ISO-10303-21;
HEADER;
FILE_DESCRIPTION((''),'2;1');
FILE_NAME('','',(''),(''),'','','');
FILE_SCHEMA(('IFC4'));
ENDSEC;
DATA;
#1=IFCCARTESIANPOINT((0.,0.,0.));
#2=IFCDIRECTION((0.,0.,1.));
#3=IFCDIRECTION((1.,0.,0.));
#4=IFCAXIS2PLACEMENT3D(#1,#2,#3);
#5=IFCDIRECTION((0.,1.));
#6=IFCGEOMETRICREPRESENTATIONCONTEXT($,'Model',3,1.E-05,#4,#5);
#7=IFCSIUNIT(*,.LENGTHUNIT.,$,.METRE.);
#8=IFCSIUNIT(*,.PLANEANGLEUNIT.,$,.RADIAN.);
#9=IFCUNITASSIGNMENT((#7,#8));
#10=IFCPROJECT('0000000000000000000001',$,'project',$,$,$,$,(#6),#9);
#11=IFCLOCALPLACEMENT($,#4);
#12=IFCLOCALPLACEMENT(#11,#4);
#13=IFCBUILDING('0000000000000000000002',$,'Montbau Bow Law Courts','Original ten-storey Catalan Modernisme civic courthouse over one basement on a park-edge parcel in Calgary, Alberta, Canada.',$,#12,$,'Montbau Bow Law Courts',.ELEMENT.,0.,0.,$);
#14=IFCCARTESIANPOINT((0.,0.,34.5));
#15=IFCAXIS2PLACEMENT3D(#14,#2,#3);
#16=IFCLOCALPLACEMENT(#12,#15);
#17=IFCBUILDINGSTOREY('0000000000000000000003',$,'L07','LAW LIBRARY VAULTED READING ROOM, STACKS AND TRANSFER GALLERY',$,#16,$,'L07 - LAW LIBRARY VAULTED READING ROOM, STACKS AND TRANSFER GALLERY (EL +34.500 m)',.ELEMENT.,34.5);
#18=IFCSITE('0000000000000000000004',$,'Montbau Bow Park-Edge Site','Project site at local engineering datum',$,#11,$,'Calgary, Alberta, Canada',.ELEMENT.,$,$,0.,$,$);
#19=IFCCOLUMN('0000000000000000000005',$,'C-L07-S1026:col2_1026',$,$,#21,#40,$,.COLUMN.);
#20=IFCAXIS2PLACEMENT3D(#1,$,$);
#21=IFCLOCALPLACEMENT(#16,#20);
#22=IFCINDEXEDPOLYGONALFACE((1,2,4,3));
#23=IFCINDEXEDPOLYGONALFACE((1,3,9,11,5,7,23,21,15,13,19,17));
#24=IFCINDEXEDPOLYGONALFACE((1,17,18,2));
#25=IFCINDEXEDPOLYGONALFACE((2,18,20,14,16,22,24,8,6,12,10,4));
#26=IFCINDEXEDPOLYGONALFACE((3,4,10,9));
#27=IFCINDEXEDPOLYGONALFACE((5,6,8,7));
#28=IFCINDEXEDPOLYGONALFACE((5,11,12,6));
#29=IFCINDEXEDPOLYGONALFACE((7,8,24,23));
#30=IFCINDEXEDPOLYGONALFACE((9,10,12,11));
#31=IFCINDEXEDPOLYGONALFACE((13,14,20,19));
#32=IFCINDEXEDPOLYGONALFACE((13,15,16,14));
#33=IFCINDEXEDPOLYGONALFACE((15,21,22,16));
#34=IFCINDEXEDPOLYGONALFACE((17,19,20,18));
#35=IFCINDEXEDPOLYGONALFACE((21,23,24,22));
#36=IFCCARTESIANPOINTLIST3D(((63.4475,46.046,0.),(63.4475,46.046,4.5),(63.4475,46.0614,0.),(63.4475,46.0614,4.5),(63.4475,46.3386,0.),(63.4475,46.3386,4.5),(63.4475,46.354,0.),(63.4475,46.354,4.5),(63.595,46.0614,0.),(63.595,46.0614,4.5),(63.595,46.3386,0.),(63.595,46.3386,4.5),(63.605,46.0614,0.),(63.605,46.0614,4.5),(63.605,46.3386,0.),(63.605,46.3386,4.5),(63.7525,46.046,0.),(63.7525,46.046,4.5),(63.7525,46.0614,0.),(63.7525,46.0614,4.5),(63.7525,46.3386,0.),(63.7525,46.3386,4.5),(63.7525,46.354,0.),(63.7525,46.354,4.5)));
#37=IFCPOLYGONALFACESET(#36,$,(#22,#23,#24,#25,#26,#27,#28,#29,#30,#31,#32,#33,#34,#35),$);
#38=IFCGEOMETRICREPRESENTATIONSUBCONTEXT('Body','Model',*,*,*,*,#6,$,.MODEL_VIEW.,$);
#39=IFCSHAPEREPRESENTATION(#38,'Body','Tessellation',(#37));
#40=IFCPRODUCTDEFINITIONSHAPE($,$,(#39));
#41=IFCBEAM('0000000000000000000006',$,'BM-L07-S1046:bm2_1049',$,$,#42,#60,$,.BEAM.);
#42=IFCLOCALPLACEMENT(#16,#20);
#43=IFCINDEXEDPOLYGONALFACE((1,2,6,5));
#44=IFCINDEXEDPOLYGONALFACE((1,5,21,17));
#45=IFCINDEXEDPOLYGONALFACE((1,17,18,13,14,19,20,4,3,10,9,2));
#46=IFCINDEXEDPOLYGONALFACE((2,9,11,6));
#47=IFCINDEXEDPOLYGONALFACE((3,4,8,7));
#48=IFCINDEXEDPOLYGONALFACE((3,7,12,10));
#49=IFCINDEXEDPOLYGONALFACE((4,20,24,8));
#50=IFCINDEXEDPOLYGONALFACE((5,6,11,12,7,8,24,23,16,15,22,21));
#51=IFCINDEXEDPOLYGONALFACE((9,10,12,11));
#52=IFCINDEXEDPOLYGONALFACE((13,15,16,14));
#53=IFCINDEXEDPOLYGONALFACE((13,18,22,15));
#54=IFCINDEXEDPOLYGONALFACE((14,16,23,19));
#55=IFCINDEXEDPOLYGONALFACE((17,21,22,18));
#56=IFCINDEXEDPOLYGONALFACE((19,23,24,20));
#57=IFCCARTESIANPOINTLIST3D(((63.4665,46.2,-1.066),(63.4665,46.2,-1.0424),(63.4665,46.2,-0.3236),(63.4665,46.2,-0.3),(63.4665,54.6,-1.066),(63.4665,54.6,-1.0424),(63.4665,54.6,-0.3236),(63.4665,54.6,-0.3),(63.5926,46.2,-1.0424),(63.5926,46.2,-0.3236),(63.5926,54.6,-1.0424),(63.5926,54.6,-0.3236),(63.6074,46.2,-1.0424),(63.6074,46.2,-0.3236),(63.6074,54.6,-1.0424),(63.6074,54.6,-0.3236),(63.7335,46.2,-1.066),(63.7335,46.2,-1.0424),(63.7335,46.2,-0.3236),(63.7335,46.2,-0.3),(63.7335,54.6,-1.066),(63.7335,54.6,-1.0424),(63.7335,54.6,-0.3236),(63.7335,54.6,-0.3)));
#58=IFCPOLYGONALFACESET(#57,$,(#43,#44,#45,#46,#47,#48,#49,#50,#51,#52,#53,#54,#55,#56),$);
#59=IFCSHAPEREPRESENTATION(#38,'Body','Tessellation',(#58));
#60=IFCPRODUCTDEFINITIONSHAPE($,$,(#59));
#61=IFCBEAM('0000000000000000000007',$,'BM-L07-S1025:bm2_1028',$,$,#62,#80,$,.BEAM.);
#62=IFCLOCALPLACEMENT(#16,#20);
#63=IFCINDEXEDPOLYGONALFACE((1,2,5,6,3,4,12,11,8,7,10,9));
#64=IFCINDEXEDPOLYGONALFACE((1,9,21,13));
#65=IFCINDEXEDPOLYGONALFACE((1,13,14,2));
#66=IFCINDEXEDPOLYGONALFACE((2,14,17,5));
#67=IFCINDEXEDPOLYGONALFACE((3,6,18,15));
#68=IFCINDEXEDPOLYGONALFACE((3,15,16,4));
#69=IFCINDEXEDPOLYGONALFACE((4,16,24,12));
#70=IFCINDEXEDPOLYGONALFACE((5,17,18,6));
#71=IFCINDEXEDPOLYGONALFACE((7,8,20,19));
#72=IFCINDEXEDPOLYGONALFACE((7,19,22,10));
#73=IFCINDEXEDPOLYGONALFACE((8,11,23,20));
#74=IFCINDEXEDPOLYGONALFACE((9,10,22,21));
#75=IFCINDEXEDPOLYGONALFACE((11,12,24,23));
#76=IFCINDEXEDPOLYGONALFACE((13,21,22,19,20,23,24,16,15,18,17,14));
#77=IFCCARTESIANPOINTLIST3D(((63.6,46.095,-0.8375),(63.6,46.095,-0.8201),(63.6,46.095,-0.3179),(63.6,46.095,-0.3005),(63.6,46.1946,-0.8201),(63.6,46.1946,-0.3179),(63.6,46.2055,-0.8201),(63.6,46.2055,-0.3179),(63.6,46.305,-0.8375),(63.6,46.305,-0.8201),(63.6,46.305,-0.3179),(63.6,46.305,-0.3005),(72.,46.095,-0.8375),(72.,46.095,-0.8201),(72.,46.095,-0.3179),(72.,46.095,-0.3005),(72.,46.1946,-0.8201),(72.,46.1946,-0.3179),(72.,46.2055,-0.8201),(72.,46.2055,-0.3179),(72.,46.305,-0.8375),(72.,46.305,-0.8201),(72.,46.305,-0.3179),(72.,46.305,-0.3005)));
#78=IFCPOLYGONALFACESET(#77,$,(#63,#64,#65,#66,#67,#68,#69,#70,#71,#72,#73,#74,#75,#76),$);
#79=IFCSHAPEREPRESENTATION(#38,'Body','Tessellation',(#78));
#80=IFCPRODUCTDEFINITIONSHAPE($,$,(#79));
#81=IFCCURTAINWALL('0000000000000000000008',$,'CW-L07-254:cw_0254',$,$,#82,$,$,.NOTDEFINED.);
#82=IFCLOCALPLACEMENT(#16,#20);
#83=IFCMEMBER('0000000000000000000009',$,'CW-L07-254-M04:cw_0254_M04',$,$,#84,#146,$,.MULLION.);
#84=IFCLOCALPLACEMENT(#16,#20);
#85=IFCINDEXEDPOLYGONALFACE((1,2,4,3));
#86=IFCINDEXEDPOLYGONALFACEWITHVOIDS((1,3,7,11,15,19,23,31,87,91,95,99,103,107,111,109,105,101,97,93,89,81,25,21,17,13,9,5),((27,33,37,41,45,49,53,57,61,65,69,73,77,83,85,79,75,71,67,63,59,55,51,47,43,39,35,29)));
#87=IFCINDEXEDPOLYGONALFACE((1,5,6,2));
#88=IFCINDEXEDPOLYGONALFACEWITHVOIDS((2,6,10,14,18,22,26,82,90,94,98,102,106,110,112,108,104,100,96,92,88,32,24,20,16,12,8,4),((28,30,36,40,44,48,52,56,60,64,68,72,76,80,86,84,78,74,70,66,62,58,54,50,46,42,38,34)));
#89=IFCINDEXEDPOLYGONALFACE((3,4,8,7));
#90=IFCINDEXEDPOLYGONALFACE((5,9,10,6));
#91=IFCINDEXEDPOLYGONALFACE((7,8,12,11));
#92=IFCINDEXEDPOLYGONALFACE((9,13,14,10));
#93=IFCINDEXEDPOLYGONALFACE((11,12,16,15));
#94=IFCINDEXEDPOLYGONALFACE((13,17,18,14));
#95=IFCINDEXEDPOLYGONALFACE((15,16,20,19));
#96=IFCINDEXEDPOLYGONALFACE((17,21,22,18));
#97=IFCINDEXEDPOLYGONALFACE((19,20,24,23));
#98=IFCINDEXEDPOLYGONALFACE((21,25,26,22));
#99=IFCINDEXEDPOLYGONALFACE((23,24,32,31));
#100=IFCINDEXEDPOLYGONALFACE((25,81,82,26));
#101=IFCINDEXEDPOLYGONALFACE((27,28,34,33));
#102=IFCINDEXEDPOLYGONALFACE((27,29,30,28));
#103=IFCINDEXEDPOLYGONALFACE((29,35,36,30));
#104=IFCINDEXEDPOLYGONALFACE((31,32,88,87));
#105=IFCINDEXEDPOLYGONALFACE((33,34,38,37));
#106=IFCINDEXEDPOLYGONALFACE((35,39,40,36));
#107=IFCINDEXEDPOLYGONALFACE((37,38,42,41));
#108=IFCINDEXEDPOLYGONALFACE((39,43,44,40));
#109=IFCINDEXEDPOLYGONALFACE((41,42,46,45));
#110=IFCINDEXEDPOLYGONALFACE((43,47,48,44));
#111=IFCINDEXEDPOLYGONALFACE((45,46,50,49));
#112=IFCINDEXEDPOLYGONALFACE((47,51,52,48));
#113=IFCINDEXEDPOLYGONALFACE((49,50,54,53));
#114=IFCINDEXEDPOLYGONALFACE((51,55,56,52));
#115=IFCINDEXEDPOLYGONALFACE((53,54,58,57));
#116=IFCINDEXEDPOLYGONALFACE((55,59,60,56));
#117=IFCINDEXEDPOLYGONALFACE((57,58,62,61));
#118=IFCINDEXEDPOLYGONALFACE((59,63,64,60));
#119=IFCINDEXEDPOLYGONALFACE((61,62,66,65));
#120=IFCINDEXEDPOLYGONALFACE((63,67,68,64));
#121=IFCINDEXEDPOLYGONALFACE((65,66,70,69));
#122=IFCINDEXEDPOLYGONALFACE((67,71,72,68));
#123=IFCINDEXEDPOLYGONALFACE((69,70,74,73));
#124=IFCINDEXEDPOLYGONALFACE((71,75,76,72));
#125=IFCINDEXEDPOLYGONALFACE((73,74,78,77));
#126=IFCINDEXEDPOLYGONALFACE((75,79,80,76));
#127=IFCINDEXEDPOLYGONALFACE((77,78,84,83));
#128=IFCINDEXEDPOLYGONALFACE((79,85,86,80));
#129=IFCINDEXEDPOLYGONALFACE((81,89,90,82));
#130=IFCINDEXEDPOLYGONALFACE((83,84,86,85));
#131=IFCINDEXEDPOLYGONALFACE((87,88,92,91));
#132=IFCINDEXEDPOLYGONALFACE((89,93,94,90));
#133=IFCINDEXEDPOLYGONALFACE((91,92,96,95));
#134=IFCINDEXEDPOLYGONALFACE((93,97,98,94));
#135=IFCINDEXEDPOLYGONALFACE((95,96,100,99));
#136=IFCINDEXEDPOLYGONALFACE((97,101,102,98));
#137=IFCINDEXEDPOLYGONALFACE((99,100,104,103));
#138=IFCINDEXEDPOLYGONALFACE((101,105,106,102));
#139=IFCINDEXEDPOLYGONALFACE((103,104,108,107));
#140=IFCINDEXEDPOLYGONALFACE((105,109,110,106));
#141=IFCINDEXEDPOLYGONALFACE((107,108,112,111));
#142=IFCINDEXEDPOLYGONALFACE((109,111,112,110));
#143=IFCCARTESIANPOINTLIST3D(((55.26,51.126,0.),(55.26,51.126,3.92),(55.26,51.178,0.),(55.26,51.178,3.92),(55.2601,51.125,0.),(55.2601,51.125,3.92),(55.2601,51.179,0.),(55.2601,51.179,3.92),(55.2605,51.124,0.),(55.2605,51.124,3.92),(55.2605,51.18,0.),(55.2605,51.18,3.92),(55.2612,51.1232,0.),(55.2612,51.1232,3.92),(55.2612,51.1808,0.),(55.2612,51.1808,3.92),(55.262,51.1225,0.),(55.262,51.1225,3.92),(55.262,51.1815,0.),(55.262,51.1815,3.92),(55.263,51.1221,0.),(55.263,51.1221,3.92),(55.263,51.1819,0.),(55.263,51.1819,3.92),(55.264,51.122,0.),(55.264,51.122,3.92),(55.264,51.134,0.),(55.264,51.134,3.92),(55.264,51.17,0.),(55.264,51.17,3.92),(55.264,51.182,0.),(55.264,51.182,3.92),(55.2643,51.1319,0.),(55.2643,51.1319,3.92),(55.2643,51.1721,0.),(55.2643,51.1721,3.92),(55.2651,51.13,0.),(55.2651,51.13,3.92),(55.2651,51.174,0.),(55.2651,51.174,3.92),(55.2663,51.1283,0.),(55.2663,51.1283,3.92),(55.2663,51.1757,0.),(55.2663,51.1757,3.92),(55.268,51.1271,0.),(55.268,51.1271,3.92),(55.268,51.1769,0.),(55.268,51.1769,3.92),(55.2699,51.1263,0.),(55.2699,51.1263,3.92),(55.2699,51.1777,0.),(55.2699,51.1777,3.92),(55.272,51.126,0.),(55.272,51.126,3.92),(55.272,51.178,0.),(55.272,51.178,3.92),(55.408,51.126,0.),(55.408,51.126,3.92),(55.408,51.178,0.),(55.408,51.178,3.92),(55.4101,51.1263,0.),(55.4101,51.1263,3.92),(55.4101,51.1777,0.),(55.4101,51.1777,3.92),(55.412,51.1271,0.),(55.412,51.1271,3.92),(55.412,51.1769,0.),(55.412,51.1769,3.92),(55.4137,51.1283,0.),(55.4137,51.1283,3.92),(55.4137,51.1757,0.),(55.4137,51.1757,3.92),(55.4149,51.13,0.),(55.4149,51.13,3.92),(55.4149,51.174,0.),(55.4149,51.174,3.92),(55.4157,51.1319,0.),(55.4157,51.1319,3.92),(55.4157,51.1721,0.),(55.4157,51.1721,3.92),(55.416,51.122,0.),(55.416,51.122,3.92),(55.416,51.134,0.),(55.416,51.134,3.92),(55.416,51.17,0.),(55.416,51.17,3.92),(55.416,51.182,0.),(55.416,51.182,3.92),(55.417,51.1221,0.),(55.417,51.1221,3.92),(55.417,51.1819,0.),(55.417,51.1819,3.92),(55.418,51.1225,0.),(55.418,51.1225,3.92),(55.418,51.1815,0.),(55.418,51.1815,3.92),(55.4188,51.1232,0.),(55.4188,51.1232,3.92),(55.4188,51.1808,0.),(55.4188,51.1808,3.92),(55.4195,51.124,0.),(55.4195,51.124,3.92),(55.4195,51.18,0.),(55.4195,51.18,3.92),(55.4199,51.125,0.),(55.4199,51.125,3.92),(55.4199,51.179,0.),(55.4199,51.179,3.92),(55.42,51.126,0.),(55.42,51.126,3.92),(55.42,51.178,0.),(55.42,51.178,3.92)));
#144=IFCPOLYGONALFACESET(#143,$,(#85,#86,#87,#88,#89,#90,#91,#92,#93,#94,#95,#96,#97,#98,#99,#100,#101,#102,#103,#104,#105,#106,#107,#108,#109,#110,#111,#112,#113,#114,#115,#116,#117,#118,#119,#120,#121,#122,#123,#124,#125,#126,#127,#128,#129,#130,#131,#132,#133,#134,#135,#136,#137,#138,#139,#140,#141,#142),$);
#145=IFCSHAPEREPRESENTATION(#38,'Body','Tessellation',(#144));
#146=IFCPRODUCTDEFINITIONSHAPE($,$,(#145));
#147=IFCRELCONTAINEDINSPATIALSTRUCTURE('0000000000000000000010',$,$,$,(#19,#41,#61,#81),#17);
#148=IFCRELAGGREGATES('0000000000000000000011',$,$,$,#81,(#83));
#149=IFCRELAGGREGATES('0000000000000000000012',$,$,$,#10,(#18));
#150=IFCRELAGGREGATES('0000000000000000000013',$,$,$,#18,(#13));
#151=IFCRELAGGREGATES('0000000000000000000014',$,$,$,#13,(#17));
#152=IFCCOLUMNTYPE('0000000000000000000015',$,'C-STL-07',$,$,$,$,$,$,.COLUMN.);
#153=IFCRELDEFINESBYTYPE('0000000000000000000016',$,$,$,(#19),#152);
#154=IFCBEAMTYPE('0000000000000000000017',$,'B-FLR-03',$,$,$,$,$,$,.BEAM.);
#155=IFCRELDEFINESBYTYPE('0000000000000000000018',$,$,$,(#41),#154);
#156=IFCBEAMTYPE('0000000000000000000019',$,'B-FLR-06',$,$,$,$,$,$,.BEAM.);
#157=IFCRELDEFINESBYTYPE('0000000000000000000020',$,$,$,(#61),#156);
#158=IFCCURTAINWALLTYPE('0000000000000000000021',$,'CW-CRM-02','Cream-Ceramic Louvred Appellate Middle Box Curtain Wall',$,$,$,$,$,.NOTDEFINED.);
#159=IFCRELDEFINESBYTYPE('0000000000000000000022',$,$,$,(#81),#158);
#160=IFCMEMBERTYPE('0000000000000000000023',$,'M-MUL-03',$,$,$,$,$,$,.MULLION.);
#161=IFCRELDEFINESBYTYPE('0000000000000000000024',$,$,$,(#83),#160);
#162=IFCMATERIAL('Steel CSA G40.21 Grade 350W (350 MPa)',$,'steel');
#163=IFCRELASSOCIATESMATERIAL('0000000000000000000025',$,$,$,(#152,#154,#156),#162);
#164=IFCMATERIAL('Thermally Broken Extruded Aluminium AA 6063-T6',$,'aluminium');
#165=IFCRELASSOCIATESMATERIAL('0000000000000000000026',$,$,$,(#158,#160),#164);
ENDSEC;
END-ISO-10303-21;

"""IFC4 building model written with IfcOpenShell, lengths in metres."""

from ifc_helpers import new_model, si_unit, direction, frame, origin_with_axes, origin_2d_with_axis, place, context, subcontext, project, spatial, hollow_rectangle, i_section, extrude, material, material_profile, profile_set, type_object, element, aggregate, save


model = new_model("IFC4")

# Units and contexts
model_context = context("Model", 3, precision=1e-05, world=origin_with_axes(), true_north=direction((0.0, 1.0)))
body_context = subcontext(model_context, "Body", "Model", "MODEL_VIEW")
ifc_project = project(units=[si_unit("LENGTHUNIT", "METRE"), si_unit("PLANEANGLEUNIT", "RADIAN")], contexts=[model_context])

# Site, building, storey
site_placement = place(None, origin_with_axes())
site = spatial("IfcSite", under=ifc_project, at=site_placement, Name="Montbau Bow Park-Edge Site", Description="Project site at local engineering datum", LongName="Calgary, Alberta, Canada", CompositionType="ELEMENT", RefElevation=0.0)
building_placement = place(site_placement, origin_with_axes())
building = spatial("IfcBuilding", under=site, at=building_placement, Name="Montbau Bow Law Courts", Description="Original ten-storey Catalan Modernisme civic courthouse over one basement on a park-edge parcel in Calgary, Alberta, Canada.", LongName="Montbau Bow Law Courts", CompositionType="ELEMENT", ElevationOfRefHeight=0.0, ElevationOfTerrain=0.0)
storey_placement = place(building_placement, frame((0.0, 0.0, 34.5), z_axis=(0.0, 0.0, 1.0), x_axis=(1.0, 0.0, 0.0)))
storey = spatial("IfcBuildingStorey", under=building, at=storey_placement, Name="L07", Description="LAW LIBRARY VAULTED READING ROOM, STACKS AND TRANSFER GALLERY", LongName="L07 - LAW LIBRARY VAULTED READING ROOM, STACKS AND TRANSFER GALLERY (EL +34.500 m)", CompositionType="ELEMENT", Elevation=34.5)

# Column
ifc_material_1 = material(Name="Steel CSA G40.21 Grade 350W (350 MPa)", Category="steel")
ifc_material_profile_1 = material_profile(ifc_material_1, i_section(OverallWidth=0.305, OverallDepth=0.308, WebThickness=0.0099, FlangeThickness=0.0154, at=origin_2d_with_axis()), Name="W310X97", Category="Main", Priority=0)
ifc_profile_set_1 = profile_set([ifc_material_profile_1], Name="Steel CSA G40.21 Grade 350W (350 MPa)")
column_type = type_object("IfcColumnType", Name="C-STL-07", PredefinedType="COLUMN", material=ifc_profile_set_1)
column_placement = place(None, frame((63.6, 46.2, 34.5), z_axis=(0.0, 0.0, 1.0), x_axis=(1.0, 0.0, 0.0)))
element("IfcColumn", 1, at=column_placement, inside=storey, type_object=column_type, Name="C-L07-S1026:col2_1026", PredefinedType="COLUMN", context=body_context, shape_type="SweptSolid", body=[
    extrude(i_section(OverallWidth=0.305, OverallDepth=0.308, WebThickness=0.0099, FlangeThickness=0.0154, at=origin_2d_with_axis()), origin_with_axes(), (0.0, 0.0, 1.0), 4.5),
])

# Beams
ifc_material_profile_2 = material_profile(ifc_material_1, i_section(OverallWidth=0.267, OverallDepth=0.766, WebThickness=0.0149, FlangeThickness=0.0236, at=origin_2d_with_axis()), Name="W760X185", Category="Main", Priority=0)
ifc_profile_set_2 = profile_set([ifc_material_profile_2], Name="Steel CSA G40.21 Grade 350W (350 MPa)")
beam_type_1 = type_object("IfcBeamType", Name="B-FLR-03", PredefinedType="BEAM", material=ifc_profile_set_2)
beam_1_placement = place(None, frame((63.6, 46.2, 33.817), z_axis=(0.0, 1.0, 0.0), x_axis=(-1.0, 0.0, 0.0)))
element("IfcBeam", 2, at=beam_1_placement, inside=storey, type_object=beam_type_1, Name="BM-L07-S1046:bm2_1049", PredefinedType="BEAM", context=body_context, shape_type="SweptSolid", body=[
    extrude(i_section(OverallWidth=0.267, OverallDepth=0.766, WebThickness=0.0149, FlangeThickness=0.0236, at=origin_2d_with_axis()), origin_with_axes(), (0.0, 0.0, 1.0), 8.4),
])
ifc_material_profile_3 = material_profile(ifc_material_1, i_section(OverallWidth=0.21, OverallDepth=0.537, WebThickness=0.0109, FlangeThickness=0.0174, at=origin_2d_with_axis()), Name="W530X101", Category="Main", Priority=0)
ifc_profile_set_3 = profile_set([ifc_material_profile_3], Name="Steel CSA G40.21 Grade 350W (350 MPa)")
beam_type_2 = type_object("IfcBeamType", Name="B-FLR-06", PredefinedType="BEAM", material=ifc_profile_set_3)
beam_2_placement = place(None, frame((63.6, 46.2, 33.931), z_axis=(1.0, 0.0, 0.0), x_axis=(0.0, 1.0, 0.0)))
element("IfcBeam", 3, at=beam_2_placement, inside=storey, type_object=beam_type_2, Name="BM-L07-S1025:bm2_1028", PredefinedType="BEAM", context=body_context, shape_type="SweptSolid", body=[
    extrude(i_section(OverallWidth=0.21, OverallDepth=0.537, WebThickness=0.0109, FlangeThickness=0.0174, at=origin_2d_with_axis()), origin_with_axes(), (0.0, 0.0, 1.0), 8.4),
])

# Curtain wall, member
ifc_material_2 = material(Name="Thermally Broken Extruded Aluminium AA 6063-T6", Category="aluminium")
curtain_wall_type = type_object("IfcCurtainWallType", Name="CW-CRM-02", Description="Cream-Ceramic Louvred Appellate Middle Box Curtain Wall", PredefinedType="NOTDEFINED", material=ifc_material_2)
curtain_wall_placement = place(None, frame((55.34, 46.64, 34.5), z_axis=(0.0, 0.0, 1.0), x_axis=(1.0, 0.0, 0.0)))
curtain_wall = element("IfcCurtainWall", 4, at=curtain_wall_placement, inside=storey, type_object=curtain_wall_type, Name="CW-L07-254:cw_0254", PredefinedType="NOTDEFINED")
ifc_material_profile_4 = material_profile(ifc_material_2, hollow_rectangle(XDim=0.06, YDim=0.16, WallThickness=0.004, InnerFilletRadius=0.008, OuterFilletRadius=0.004, at=origin_2d_with_axis()), Name="CWM-160X60", Category="Main", Priority=0)
ifc_profile_set_4 = profile_set([ifc_material_profile_4], Name="Thermally Broken Extruded Aluminium AA 6063-T6")
member_type_1 = type_object("IfcMemberType", Name="M-MUL-03", PredefinedType="MULLION", material=ifc_profile_set_4)
member_1_placement = place(None, frame((55.34, 51.152, 34.5), z_axis=(0.0, 0.0, 1.0), x_axis=(0.0, 1.0, 0.0)))
member_1 = element("IfcMember", 5, at=member_1_placement, type_object=member_type_1, Name="CW-L07-254-M04:cw_0254_M04", PredefinedType="MULLION", context=body_context, shape_type="SweptSolid", body=[
    extrude(hollow_rectangle(XDim=0.06, YDim=0.16, WallThickness=0.004, InnerFilletRadius=0.008, OuterFilletRadius=0.004, at=origin_2d_with_axis()), origin_with_axes(), (0.0, 0.0, 1.0), 3.92),
])
aggregate(curtain_wall, [member_1])

save(model, "model.ifc")
